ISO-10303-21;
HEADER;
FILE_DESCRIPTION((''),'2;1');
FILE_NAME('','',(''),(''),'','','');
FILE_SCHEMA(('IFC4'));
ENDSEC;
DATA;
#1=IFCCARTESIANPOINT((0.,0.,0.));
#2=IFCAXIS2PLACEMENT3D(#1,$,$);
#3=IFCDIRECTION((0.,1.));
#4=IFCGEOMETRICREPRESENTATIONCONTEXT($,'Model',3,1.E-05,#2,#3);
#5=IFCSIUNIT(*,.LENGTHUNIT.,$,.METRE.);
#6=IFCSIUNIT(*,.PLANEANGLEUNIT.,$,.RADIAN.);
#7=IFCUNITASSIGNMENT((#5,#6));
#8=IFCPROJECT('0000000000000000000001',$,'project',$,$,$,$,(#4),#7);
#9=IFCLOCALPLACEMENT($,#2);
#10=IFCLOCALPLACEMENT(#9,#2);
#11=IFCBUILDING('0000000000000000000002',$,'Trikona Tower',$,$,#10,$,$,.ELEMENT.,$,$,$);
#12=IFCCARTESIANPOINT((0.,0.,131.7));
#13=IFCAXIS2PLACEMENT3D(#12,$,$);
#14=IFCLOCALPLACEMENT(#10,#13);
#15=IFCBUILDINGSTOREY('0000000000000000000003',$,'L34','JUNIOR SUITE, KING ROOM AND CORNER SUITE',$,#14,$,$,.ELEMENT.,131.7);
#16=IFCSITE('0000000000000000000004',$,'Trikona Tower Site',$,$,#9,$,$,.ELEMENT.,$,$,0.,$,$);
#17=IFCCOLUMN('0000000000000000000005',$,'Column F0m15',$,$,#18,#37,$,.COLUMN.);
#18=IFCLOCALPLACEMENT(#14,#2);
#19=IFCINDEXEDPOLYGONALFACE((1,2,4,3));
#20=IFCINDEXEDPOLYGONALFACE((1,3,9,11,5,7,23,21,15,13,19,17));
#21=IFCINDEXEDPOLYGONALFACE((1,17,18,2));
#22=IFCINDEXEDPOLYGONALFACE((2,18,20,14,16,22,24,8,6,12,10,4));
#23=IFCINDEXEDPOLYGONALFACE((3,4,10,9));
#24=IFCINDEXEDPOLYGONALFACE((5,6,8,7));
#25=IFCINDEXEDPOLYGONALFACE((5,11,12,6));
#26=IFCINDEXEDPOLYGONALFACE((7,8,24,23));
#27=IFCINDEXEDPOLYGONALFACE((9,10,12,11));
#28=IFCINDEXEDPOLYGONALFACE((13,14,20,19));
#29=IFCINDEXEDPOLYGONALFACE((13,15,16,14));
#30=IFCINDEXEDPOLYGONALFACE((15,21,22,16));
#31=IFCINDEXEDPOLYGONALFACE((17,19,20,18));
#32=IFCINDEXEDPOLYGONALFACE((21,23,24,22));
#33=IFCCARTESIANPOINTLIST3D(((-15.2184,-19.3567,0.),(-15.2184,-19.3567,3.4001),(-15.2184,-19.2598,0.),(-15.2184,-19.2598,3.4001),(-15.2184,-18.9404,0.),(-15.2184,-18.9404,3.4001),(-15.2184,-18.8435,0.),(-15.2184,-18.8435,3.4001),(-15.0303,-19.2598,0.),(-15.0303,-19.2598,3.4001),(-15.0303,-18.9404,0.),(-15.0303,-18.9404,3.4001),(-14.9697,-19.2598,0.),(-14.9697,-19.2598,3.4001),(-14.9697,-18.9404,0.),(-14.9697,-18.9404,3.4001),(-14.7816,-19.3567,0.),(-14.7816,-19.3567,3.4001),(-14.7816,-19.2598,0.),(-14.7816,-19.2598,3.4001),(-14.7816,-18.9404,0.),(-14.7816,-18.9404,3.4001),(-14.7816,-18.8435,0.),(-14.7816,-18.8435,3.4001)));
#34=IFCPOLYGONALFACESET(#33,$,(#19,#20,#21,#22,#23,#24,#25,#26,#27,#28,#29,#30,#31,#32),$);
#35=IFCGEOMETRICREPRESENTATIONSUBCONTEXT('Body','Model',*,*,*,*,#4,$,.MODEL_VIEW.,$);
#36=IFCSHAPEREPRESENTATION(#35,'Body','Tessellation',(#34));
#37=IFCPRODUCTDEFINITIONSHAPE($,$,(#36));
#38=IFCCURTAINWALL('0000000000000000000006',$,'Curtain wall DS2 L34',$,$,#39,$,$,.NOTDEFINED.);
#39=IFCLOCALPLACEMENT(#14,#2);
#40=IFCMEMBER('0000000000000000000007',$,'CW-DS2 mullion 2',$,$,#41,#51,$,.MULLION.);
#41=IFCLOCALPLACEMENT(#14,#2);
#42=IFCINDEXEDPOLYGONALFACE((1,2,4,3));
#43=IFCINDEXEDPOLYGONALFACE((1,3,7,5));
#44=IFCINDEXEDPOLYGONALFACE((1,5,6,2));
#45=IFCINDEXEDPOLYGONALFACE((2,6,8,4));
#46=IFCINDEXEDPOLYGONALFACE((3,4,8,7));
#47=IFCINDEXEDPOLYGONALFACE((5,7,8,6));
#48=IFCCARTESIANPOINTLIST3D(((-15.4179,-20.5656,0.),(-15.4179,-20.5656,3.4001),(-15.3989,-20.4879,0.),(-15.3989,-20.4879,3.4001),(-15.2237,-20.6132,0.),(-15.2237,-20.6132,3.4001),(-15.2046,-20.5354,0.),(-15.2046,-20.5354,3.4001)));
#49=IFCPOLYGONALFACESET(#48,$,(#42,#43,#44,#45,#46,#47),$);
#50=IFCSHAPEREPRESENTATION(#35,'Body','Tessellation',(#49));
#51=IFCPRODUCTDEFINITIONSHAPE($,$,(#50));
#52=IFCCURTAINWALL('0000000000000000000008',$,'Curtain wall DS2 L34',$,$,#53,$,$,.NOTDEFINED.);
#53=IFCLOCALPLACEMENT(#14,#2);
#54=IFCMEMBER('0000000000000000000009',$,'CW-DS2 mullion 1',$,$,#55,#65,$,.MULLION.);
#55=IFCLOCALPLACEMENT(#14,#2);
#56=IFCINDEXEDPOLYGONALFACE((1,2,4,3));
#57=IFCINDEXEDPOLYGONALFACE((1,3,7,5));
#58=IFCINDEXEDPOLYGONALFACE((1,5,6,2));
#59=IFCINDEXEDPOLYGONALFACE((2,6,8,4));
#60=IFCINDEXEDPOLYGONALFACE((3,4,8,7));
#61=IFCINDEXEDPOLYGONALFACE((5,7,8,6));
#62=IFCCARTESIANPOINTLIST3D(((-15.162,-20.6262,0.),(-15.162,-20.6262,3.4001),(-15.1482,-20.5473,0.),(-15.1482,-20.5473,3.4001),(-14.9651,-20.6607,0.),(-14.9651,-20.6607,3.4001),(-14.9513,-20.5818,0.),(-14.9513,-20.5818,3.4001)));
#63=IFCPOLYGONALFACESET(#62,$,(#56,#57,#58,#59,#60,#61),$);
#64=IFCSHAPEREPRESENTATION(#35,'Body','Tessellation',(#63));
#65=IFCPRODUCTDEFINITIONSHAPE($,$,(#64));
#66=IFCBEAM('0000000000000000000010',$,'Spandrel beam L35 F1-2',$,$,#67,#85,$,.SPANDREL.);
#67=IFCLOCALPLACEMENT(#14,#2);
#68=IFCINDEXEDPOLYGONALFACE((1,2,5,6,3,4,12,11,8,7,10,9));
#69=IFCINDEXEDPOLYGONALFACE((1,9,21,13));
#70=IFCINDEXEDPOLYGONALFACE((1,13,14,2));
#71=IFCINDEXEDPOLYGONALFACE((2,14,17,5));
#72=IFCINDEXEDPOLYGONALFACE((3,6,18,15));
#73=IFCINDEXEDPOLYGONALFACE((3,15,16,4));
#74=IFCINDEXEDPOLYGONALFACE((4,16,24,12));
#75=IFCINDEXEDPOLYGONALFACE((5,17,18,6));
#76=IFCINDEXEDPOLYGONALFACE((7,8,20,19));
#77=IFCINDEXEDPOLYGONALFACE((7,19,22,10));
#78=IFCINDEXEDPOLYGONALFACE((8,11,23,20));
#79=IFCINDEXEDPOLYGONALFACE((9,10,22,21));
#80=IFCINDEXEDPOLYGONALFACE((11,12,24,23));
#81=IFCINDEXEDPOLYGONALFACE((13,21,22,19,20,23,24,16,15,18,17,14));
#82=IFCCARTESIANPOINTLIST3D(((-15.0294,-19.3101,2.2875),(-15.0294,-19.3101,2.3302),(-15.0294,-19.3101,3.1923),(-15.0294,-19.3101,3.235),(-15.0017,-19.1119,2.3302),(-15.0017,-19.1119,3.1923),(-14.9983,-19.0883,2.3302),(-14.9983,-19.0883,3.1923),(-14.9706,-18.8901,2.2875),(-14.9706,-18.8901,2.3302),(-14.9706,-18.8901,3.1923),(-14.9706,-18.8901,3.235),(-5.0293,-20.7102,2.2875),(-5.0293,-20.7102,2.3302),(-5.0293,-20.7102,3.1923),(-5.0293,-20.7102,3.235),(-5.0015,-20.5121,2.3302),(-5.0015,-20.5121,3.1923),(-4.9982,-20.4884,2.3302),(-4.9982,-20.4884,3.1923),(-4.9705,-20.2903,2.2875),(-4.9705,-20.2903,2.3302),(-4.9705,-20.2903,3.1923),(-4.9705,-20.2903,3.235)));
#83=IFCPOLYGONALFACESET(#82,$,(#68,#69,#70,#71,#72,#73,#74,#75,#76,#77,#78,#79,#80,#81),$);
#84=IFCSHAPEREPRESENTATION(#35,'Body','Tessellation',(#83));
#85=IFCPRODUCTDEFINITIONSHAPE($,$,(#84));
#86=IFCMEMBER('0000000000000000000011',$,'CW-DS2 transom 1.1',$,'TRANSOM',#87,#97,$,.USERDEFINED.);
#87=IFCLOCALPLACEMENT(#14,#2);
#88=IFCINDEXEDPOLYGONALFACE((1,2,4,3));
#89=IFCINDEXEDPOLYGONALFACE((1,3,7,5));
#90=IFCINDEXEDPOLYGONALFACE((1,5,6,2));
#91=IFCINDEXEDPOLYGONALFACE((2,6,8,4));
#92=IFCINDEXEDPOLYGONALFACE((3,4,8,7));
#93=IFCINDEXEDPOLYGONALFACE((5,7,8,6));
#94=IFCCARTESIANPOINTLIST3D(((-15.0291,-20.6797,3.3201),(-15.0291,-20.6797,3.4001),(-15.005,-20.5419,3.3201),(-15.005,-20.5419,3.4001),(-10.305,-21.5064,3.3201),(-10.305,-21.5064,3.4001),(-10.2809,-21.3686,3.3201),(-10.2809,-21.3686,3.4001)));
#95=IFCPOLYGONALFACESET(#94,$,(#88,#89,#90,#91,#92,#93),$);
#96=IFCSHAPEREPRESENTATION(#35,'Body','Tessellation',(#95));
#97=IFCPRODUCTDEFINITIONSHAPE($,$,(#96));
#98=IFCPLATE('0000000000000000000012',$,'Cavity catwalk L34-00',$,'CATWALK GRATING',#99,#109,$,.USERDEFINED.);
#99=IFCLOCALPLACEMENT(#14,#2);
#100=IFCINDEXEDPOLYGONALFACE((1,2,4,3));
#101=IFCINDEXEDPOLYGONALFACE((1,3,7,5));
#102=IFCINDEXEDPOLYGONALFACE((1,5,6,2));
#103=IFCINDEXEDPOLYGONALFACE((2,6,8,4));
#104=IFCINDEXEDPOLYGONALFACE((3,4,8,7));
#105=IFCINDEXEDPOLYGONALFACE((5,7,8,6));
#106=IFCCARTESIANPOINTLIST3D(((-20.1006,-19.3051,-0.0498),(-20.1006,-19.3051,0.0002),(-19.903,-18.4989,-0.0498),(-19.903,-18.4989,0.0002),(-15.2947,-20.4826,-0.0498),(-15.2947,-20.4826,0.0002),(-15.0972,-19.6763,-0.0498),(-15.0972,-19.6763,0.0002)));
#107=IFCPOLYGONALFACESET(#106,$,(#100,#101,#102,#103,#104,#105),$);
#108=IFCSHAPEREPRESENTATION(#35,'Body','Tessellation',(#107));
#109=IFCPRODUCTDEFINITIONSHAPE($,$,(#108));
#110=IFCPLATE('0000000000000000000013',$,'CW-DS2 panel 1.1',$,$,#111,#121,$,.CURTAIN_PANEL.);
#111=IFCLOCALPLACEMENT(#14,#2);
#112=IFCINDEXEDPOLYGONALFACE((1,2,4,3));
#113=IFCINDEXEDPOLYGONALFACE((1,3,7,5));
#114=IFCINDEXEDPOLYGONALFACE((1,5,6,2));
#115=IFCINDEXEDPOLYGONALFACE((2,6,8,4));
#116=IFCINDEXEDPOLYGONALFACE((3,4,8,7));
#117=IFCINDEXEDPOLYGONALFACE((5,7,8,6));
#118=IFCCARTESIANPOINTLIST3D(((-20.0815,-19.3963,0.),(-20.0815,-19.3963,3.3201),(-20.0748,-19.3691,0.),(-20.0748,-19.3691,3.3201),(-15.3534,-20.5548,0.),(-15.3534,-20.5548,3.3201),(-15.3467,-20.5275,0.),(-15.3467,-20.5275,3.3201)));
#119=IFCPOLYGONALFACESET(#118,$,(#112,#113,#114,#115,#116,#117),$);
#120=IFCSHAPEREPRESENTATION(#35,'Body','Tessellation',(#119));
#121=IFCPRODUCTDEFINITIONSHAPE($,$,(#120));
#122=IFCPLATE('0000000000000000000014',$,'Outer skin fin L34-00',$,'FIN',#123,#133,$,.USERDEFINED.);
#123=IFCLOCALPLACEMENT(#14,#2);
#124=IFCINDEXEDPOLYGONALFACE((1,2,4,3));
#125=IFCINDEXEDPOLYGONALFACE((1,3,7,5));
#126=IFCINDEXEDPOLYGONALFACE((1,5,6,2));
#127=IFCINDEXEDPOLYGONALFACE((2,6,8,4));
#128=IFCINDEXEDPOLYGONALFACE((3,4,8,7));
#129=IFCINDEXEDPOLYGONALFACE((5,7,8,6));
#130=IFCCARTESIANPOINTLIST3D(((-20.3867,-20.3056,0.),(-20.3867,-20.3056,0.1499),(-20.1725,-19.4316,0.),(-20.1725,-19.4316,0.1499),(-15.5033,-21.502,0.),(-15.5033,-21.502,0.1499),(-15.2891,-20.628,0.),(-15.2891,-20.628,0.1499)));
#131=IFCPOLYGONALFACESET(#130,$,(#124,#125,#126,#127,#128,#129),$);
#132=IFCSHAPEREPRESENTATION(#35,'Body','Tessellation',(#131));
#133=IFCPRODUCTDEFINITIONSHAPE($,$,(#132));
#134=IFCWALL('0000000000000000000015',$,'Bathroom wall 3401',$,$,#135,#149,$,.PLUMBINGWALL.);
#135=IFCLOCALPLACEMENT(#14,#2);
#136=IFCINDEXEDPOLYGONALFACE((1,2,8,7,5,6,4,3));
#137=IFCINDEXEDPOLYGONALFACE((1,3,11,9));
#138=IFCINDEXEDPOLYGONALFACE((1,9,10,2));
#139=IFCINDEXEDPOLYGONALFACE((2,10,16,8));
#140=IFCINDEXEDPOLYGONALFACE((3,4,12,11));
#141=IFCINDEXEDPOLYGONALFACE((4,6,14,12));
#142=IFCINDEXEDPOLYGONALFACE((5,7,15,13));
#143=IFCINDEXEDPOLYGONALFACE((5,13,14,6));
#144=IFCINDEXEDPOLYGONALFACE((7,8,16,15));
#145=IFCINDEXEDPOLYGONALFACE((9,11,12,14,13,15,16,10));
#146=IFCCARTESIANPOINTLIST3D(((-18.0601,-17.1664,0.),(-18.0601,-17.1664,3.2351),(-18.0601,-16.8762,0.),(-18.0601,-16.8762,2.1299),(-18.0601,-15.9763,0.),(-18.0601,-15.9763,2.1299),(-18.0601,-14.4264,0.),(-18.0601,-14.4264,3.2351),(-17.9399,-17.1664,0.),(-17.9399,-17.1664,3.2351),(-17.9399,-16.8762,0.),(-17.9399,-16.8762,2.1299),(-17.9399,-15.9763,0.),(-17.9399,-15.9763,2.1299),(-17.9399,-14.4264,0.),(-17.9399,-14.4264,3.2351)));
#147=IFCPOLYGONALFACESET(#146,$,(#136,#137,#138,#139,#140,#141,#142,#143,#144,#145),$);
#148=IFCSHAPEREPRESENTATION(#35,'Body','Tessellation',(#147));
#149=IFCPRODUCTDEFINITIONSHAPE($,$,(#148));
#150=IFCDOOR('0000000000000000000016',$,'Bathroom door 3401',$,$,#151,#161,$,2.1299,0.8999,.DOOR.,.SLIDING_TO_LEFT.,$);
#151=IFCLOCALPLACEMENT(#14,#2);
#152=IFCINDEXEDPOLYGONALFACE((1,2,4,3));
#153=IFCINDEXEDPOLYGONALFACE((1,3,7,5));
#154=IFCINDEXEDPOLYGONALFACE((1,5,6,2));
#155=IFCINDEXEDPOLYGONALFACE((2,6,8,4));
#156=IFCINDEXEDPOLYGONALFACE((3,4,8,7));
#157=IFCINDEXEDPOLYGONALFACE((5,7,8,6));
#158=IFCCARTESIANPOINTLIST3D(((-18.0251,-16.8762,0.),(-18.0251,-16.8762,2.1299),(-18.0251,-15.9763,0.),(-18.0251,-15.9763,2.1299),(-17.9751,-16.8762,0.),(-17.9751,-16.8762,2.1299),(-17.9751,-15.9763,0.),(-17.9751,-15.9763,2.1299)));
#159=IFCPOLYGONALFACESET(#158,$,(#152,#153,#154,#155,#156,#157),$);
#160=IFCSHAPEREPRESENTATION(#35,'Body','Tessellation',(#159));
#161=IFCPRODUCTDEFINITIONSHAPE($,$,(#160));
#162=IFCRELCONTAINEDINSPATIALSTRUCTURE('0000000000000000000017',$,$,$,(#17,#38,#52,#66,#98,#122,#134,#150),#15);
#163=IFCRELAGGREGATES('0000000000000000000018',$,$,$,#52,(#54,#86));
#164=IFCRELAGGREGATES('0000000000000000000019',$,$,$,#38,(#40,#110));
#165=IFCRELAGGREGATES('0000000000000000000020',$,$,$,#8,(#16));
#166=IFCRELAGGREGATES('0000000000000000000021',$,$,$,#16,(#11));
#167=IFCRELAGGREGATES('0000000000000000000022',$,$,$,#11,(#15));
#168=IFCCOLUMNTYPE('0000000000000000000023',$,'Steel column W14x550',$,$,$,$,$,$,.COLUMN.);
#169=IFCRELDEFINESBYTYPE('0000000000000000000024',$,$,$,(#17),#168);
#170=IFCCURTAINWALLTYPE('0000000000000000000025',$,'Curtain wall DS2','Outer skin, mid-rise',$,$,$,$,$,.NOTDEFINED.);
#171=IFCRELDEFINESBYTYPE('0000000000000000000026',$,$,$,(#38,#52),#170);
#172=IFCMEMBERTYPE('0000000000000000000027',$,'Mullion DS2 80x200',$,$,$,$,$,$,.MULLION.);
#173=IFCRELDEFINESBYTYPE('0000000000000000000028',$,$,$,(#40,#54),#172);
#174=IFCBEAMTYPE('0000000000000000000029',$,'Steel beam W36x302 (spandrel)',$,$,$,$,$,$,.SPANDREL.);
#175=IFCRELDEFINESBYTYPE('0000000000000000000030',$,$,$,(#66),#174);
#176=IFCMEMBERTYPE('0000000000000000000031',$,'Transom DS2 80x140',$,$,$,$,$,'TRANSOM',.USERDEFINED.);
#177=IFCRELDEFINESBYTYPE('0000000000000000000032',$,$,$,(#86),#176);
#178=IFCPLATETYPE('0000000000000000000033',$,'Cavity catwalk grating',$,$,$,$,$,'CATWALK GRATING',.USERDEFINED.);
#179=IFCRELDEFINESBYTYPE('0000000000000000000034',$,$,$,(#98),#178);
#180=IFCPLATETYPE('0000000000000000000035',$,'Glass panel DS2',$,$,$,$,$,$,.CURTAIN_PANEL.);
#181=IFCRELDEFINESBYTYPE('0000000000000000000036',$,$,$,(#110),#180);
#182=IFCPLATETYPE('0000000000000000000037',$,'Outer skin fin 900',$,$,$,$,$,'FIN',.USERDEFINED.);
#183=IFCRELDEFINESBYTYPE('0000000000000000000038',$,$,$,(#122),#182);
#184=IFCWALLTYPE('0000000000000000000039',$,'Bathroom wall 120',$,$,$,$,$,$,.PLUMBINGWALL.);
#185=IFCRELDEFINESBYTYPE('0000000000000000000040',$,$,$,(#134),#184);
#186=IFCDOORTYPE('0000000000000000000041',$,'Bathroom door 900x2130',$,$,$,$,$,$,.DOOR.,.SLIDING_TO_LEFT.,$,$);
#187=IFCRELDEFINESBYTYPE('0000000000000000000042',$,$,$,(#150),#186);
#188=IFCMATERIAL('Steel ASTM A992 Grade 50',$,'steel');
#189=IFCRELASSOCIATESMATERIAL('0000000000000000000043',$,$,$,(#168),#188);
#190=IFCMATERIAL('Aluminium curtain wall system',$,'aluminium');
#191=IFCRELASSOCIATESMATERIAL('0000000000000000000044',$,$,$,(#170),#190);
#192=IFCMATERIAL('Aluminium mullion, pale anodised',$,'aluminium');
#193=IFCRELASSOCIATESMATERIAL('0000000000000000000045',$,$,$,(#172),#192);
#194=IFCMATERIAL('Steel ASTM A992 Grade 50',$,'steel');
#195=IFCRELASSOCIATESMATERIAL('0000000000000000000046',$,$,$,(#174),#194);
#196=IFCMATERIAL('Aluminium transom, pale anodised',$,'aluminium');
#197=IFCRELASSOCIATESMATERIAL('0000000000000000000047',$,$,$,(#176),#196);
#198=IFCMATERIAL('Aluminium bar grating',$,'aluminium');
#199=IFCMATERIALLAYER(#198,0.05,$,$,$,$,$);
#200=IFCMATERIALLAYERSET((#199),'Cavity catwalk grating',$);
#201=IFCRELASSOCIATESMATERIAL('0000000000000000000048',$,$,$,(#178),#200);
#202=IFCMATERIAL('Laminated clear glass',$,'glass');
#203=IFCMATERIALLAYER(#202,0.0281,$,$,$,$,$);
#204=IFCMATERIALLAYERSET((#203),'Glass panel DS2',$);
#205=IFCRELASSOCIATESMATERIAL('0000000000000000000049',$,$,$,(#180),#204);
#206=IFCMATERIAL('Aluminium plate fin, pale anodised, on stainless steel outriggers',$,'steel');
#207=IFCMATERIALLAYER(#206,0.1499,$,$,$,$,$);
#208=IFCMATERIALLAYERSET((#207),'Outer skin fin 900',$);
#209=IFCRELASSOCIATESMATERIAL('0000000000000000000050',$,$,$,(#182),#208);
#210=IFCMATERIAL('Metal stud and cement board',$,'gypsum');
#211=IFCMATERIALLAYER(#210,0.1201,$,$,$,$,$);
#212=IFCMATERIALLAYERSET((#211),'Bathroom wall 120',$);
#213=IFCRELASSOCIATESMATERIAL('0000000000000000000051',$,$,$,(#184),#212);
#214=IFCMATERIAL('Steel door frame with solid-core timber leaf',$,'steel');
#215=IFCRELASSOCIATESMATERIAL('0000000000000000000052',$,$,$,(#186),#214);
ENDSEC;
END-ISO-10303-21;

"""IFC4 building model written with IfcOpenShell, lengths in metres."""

from ifc_helpers import new_model, si_unit, direction, frame, frame_2d, origin, origin_2d, place, context, subcontext, project, spatial, rectangle, i_section, extrude, material, layer, layer_set, material_profile, profile_set, type_object, element, fill, aggregate, save


model = new_model("IFC4")

# Units and contexts
model_context = context("Model", 3, precision=1e-05, world=origin(), true_north=direction((0.0, 1.0)))
body_context = subcontext(model_context, "Body", "Model", "MODEL_VIEW")
ifc_project = project(units=[si_unit("LENGTHUNIT", "METRE"), si_unit("PLANEANGLEUNIT", "RADIAN")], contexts=[model_context])

# Site, building, storey
site_placement = place(None, origin())
site = spatial("IfcSite", under=ifc_project, at=site_placement, Name="Trikona Tower Site", CompositionType="ELEMENT", RefElevation=0.0)
building_placement = place(site_placement, origin())
building = spatial("IfcBuilding", under=site, at=building_placement, Name="Trikona Tower", CompositionType="ELEMENT")
storey_placement = place(building_placement, frame((0.0, 0.0, 131.7)))
storey = spatial("IfcBuildingStorey", under=building, at=storey_placement, Name="L34", Description="JUNIOR SUITE, KING ROOM AND CORNER SUITE", CompositionType="ELEMENT", Elevation=131.7)

# Column
ifc_material_1 = material(Name="Steel ASTM A992 Grade 50", Category="steel")
ifc_material_profile_1 = material_profile(ifc_material_1, i_section(OverallWidth=0.4368, OverallDepth=0.5132, WebThickness=0.0605, FlangeThickness=0.0969, at=origin_2d()), Name="W14X550")
ifc_profile_set_1 = profile_set([ifc_material_profile_1], Name="Steel ASTM A992 Grade 50")
column_type = type_object("IfcColumnType", Name="Steel column W14x550", PredefinedType="COLUMN", material=ifc_profile_set_1)
column_placement = place(storey_placement, frame((-15.0, -19.1001, 0.0), z_axis=(0.0, 0.0, 1.0), x_axis=(1.0, 0.0, 0.0)))
element("IfcColumn", 1, at=column_placement, inside=storey, type_object=column_type, Name="Column F0m15", PredefinedType="COLUMN", context=body_context, shape_type="SweptSolid", body=[
    extrude(i_section(OverallWidth=0.4368, OverallDepth=0.5132, WebThickness=0.0605, FlangeThickness=0.0969, at=origin_2d()), origin(), (0.0, 0.0, 1.0), 3.4001),
])

# Curtain walls, members
ifc_material_2 = material(Name="Aluminium curtain wall system", Category="aluminium")
curtain_wall_type = type_object("IfcCurtainWallType", Name="Curtain wall DS2", Description="Outer skin, mid-rise", PredefinedType="NOTDEFINED", material=ifc_material_2)
curtain_wall_1_placement = place(storey_placement, origin())
curtain_wall_1 = element("IfcCurtainWall", 2, at=curtain_wall_1_placement, inside=storey, type_object=curtain_wall_type, Name="Curtain wall DS2 L34", PredefinedType="NOTDEFINED")
ifc_material_3 = material(Name="Aluminium mullion, pale anodised", Category="aluminium")
ifc_material_profile_2 = material_profile(ifc_material_3, rectangle(XDim=0.0801, YDim=0.2, at=origin_2d()), Name="MUL-DS2")
ifc_profile_set_2 = profile_set([ifc_material_profile_2], Name="Aluminium mullion, pale anodised")
member_type_1 = type_object("IfcMemberType", Name="Mullion DS2 80x200", PredefinedType="MULLION", material=ifc_profile_set_2)
member_1_placement = place(storey_placement, frame((-15.3113, -20.5505, 0.0), z_axis=(0.0, 0.0, 1.0), x_axis=(0.23797, 0.971272, 0.0)))
member_1 = element("IfcMember", 3, at=member_1_placement, type_object=member_type_1, Name="CW-DS2 mullion 2", PredefinedType="MULLION", context=body_context, shape_type="SweptSolid", body=[
    extrude(rectangle(XDim=0.0801, YDim=0.2, at=origin_2d()), origin(), (0.0, 0.0, 1.0), 3.4001),
])
curtain_wall_2_placement = place(storey_placement, origin())
curtain_wall_2 = element("IfcCurtainWall", 4, at=curtain_wall_2_placement, inside=storey, type_object=curtain_wall_type, Name="Curtain wall DS2 L34", PredefinedType="NOTDEFINED")
member_2_placement = place(storey_placement, frame((-15.0566, -20.604, 0.0), z_axis=(0.0, 0.0, 1.0), x_axis=(0.172377, 0.985031, 0.0)))
member_2 = element("IfcMember", 5, at=member_2_placement, type_object=member_type_1, Name="CW-DS2 mullion 1", PredefinedType="MULLION", context=body_context, shape_type="SweptSolid", body=[
    extrude(rectangle(XDim=0.0801, YDim=0.2, at=origin_2d()), origin(), (0.0, 0.0, 1.0), 3.4001),
])

# Beam
ifc_material_4 = material(Name="Steel ASTM A992 Grade 50", Category="steel")
ifc_material_profile_3 = material_profile(ifc_material_4, i_section(OverallWidth=0.4241, OverallDepth=0.9475, WebThickness=0.0239, FlangeThickness=0.0427, at=origin_2d()), Name="W36X302")
ifc_profile_set_3 = profile_set([ifc_material_profile_3], Name="Steel ASTM A992 Grade 50")
beam_type = type_object("IfcBeamType", Name="Steel beam W36x302 (spandrel)", PredefinedType="SPANDREL", material=ifc_profile_set_3)
beam_placement = place(storey_placement, frame((-15.0, -19.1001, 2.7612), z_axis=(0.99034, -0.138662, 0.0), x_axis=(0.138662, 0.99034, 0.0)))
element("IfcBeam", 6, at=beam_placement, inside=storey, type_object=beam_type, Name="Spandrel beam L35 F1-2", PredefinedType="SPANDREL", context=body_context, shape_type="SweptSolid", body=[
    extrude(i_section(OverallWidth=0.4241, OverallDepth=0.9475, WebThickness=0.0239, FlangeThickness=0.0427, at=origin_2d()), origin(), (0.0, 0.0, 1.0), 10.0977),
])

# Member
ifc_material_5 = material(Name="Aluminium transom, pale anodised", Category="aluminium")
ifc_material_profile_4 = material_profile(ifc_material_5, rectangle(XDim=0.1399, YDim=0.0801, at=origin_2d()), Name="TRN-DS2")
ifc_profile_set_4 = profile_set([ifc_material_profile_4], Name="Aluminium transom, pale anodised")
member_type_2 = type_object("IfcMemberType", Name="Transom DS2 80x140", ElementType="TRANSOM", PredefinedType="USERDEFINED", material=ifc_profile_set_4)
member_3_placement = place(storey_placement, frame((-15.0171, -20.6108, 3.3601), z_axis=(0.985033, -0.172368, 0.0), x_axis=(0.172368, 0.985033, 0.0)))
member_3 = element("IfcMember", 7, at=member_3_placement, type_object=member_type_2, Name="CW-DS2 transom 1.1", ObjectType="TRANSOM", PredefinedType="USERDEFINED", context=body_context, shape_type="SweptSolid", body=[
    extrude(rectangle(XDim=0.1399, YDim=0.0801, at=origin_2d()), origin(), (0.0, 0.0, 1.0), 4.7959),
])
aggregate(curtain_wall_2, [member_2, member_3])

# Plates
ifc_material_6 = material(Name="Aluminium bar grating", Category="aluminium")
ifc_layer_1 = layer(ifc_material_6, 0.05)
ifc_layer_set_1 = layer_set([ifc_layer_1], Name="Cavity catwalk grating")
plate_type_1 = type_object("IfcPlateType", Name="Cavity catwalk grating", ElementType="CATWALK GRATING", PredefinedType="USERDEFINED", material=ifc_layer_set_1)
plate_1_placement = place(storey_placement, frame((-17.5989, -19.4907, -0.0498), z_axis=(0.0, 0.0, 1.0), x_axis=(0.971274, -0.237962, 0.0)))
element("IfcPlate", 8, at=plate_1_placement, inside=storey, type_object=plate_type_1, Name="Cavity catwalk L34-00", ObjectType="CATWALK GRATING", PredefinedType="USERDEFINED", context=body_context, shape_type="SweptSolid", body=[
    extrude(rectangle(XDim=4.948, YDim=0.8301, at=origin_2d()), origin(), (0.0, 0.0, 1.0), 0.05),
])
ifc_material_7 = material(Name="Laminated clear glass", Category="glass")
ifc_layer_2 = layer(ifc_material_7, 0.0281)
ifc_layer_set_2 = layer_set([ifc_layer_2], Name="Glass panel DS2")
plate_type_2 = type_object("IfcPlateType", Name="Glass panel DS2", PredefinedType="CURTAIN_PANEL", material=ifc_layer_set_2)
plate_2_placement = place(storey_placement, frame((-17.7141, -19.9619, 0.0), z_axis=(0.0, 0.0, 1.0), x_axis=(0.971272, -0.23797, 0.0)))
plate_2 = element("IfcPlate", 9, at=plate_2_placement, type_object=plate_type_2, Name="CW-DS2 panel 1.1", PredefinedType="CURTAIN_PANEL", context=body_context, shape_type="SweptSolid", body=[
    extrude(rectangle(XDim=4.8679, YDim=0.0281, at=origin_2d()), origin(), (0.0, 0.0, 1.0), 3.3201),
])
aggregate(curtain_wall_1, [member_1, plate_2])
ifc_material_8 = material(Name="Aluminium plate fin, pale anodised, on stainless steel outriggers", Category="steel")
ifc_layer_3 = layer(ifc_material_8, 0.1499)
ifc_layer_set_3 = layer_set([ifc_layer_3], Name="Outer skin fin 900")
plate_type_3 = type_object("IfcPlateType", Name="Outer skin fin 900", ElementType="FIN", PredefinedType="USERDEFINED", material=ifc_layer_set_3)
plate_3_placement = place(storey_placement, frame((-17.8379, -20.4668, 0.0), z_axis=(0.0, 0.0, 1.0), x_axis=(0.971274, -0.237962, 0.0)))
element("IfcPlate", 10, at=plate_3_placement, inside=storey, type_object=plate_type_3, Name="Outer skin fin L34-00", ObjectType="FIN", PredefinedType="USERDEFINED", context=body_context, shape_type="SweptSolid", body=[
    extrude(rectangle(XDim=5.0278, YDim=0.8999, at=origin_2d()), origin(), (0.0, 0.0, 1.0), 0.1499),
])

# Wall, opening, door
ifc_material_9 = material(Name="Metal stud and cement board", Category="gypsum")
ifc_layer_4 = layer(ifc_material_9, 0.1201)
ifc_layer_set_4 = layer_set([ifc_layer_4], Name="Bathroom wall 120")
wall_type_1 = type_object("IfcWallType", Name="Bathroom wall 120", PredefinedType="PLUMBINGWALL", material=ifc_layer_set_4)
wall_1_placement = place(storey_placement, frame((-18.0, -14.4263, 0.0), z_axis=(0.0, 0.0, 1.0), x_axis=(0.0, -1.0, 0.0)))
wall_1 = element("IfcWall", 11, at=wall_1_placement, inside=storey, type_object=wall_type_1, Name="Bathroom wall 3401", PredefinedType="PLUMBINGWALL", context=body_context, shape_type="SweptSolid", body=[
    extrude(rectangle(XDim=2.74, YDim=0.1201, at=frame_2d((1.3701, 0.0))), origin(), (0.0, 0.0, 1.0), 3.2351),
])
opening_1_placement = place(wall_1_placement, frame((1.55, 0.0, 0.0)))
opening_1 = element("IfcOpeningElement", 12, at=opening_1_placement, cuts=wall_1, PredefinedType="OPENING", context=body_context, shape_type="SweptSolid", body=[
    extrude(rectangle(XDim=0.8999, YDim=2.1299, at=frame_2d((0.45, 1.0649))), frame((0.0, 0.0701, 0.0), z_axis=(0.0, -1.0, 0.0), x_axis=(1.0, 0.0, 0.0)), (0.0, 0.0, 1.0), 0.1401),
])
ifc_material_10 = material(Name="Steel door frame with solid-core timber leaf", Category="steel")
door_type = type_object("IfcDoorType", Name="Bathroom door 900x2130", OperationType="SLIDING_TO_LEFT", PredefinedType="DOOR", material=ifc_material_10)
door_placement = place(opening_1_placement, origin())
door = element("IfcDoor", 13, at=door_placement, inside=storey, type_object=door_type, Name="Bathroom door 3401", OperationType="SLIDING_TO_LEFT", OverallHeight=2.1299, OverallWidth=0.8999, PredefinedType="DOOR", context=body_context, shape_type="SweptSolid", body=[
    extrude(rectangle(XDim=0.8999, YDim=2.1299, at=frame_2d((0.45, 1.0649))), frame((0.0, 0.0249, 0.0), z_axis=(0.0, -1.0, 0.0), x_axis=(1.0, 0.0, 0.0)), (0.0, 0.0, 1.0), 0.05),
])
fill(opening_1, door)

save(model, "model.ifc")
